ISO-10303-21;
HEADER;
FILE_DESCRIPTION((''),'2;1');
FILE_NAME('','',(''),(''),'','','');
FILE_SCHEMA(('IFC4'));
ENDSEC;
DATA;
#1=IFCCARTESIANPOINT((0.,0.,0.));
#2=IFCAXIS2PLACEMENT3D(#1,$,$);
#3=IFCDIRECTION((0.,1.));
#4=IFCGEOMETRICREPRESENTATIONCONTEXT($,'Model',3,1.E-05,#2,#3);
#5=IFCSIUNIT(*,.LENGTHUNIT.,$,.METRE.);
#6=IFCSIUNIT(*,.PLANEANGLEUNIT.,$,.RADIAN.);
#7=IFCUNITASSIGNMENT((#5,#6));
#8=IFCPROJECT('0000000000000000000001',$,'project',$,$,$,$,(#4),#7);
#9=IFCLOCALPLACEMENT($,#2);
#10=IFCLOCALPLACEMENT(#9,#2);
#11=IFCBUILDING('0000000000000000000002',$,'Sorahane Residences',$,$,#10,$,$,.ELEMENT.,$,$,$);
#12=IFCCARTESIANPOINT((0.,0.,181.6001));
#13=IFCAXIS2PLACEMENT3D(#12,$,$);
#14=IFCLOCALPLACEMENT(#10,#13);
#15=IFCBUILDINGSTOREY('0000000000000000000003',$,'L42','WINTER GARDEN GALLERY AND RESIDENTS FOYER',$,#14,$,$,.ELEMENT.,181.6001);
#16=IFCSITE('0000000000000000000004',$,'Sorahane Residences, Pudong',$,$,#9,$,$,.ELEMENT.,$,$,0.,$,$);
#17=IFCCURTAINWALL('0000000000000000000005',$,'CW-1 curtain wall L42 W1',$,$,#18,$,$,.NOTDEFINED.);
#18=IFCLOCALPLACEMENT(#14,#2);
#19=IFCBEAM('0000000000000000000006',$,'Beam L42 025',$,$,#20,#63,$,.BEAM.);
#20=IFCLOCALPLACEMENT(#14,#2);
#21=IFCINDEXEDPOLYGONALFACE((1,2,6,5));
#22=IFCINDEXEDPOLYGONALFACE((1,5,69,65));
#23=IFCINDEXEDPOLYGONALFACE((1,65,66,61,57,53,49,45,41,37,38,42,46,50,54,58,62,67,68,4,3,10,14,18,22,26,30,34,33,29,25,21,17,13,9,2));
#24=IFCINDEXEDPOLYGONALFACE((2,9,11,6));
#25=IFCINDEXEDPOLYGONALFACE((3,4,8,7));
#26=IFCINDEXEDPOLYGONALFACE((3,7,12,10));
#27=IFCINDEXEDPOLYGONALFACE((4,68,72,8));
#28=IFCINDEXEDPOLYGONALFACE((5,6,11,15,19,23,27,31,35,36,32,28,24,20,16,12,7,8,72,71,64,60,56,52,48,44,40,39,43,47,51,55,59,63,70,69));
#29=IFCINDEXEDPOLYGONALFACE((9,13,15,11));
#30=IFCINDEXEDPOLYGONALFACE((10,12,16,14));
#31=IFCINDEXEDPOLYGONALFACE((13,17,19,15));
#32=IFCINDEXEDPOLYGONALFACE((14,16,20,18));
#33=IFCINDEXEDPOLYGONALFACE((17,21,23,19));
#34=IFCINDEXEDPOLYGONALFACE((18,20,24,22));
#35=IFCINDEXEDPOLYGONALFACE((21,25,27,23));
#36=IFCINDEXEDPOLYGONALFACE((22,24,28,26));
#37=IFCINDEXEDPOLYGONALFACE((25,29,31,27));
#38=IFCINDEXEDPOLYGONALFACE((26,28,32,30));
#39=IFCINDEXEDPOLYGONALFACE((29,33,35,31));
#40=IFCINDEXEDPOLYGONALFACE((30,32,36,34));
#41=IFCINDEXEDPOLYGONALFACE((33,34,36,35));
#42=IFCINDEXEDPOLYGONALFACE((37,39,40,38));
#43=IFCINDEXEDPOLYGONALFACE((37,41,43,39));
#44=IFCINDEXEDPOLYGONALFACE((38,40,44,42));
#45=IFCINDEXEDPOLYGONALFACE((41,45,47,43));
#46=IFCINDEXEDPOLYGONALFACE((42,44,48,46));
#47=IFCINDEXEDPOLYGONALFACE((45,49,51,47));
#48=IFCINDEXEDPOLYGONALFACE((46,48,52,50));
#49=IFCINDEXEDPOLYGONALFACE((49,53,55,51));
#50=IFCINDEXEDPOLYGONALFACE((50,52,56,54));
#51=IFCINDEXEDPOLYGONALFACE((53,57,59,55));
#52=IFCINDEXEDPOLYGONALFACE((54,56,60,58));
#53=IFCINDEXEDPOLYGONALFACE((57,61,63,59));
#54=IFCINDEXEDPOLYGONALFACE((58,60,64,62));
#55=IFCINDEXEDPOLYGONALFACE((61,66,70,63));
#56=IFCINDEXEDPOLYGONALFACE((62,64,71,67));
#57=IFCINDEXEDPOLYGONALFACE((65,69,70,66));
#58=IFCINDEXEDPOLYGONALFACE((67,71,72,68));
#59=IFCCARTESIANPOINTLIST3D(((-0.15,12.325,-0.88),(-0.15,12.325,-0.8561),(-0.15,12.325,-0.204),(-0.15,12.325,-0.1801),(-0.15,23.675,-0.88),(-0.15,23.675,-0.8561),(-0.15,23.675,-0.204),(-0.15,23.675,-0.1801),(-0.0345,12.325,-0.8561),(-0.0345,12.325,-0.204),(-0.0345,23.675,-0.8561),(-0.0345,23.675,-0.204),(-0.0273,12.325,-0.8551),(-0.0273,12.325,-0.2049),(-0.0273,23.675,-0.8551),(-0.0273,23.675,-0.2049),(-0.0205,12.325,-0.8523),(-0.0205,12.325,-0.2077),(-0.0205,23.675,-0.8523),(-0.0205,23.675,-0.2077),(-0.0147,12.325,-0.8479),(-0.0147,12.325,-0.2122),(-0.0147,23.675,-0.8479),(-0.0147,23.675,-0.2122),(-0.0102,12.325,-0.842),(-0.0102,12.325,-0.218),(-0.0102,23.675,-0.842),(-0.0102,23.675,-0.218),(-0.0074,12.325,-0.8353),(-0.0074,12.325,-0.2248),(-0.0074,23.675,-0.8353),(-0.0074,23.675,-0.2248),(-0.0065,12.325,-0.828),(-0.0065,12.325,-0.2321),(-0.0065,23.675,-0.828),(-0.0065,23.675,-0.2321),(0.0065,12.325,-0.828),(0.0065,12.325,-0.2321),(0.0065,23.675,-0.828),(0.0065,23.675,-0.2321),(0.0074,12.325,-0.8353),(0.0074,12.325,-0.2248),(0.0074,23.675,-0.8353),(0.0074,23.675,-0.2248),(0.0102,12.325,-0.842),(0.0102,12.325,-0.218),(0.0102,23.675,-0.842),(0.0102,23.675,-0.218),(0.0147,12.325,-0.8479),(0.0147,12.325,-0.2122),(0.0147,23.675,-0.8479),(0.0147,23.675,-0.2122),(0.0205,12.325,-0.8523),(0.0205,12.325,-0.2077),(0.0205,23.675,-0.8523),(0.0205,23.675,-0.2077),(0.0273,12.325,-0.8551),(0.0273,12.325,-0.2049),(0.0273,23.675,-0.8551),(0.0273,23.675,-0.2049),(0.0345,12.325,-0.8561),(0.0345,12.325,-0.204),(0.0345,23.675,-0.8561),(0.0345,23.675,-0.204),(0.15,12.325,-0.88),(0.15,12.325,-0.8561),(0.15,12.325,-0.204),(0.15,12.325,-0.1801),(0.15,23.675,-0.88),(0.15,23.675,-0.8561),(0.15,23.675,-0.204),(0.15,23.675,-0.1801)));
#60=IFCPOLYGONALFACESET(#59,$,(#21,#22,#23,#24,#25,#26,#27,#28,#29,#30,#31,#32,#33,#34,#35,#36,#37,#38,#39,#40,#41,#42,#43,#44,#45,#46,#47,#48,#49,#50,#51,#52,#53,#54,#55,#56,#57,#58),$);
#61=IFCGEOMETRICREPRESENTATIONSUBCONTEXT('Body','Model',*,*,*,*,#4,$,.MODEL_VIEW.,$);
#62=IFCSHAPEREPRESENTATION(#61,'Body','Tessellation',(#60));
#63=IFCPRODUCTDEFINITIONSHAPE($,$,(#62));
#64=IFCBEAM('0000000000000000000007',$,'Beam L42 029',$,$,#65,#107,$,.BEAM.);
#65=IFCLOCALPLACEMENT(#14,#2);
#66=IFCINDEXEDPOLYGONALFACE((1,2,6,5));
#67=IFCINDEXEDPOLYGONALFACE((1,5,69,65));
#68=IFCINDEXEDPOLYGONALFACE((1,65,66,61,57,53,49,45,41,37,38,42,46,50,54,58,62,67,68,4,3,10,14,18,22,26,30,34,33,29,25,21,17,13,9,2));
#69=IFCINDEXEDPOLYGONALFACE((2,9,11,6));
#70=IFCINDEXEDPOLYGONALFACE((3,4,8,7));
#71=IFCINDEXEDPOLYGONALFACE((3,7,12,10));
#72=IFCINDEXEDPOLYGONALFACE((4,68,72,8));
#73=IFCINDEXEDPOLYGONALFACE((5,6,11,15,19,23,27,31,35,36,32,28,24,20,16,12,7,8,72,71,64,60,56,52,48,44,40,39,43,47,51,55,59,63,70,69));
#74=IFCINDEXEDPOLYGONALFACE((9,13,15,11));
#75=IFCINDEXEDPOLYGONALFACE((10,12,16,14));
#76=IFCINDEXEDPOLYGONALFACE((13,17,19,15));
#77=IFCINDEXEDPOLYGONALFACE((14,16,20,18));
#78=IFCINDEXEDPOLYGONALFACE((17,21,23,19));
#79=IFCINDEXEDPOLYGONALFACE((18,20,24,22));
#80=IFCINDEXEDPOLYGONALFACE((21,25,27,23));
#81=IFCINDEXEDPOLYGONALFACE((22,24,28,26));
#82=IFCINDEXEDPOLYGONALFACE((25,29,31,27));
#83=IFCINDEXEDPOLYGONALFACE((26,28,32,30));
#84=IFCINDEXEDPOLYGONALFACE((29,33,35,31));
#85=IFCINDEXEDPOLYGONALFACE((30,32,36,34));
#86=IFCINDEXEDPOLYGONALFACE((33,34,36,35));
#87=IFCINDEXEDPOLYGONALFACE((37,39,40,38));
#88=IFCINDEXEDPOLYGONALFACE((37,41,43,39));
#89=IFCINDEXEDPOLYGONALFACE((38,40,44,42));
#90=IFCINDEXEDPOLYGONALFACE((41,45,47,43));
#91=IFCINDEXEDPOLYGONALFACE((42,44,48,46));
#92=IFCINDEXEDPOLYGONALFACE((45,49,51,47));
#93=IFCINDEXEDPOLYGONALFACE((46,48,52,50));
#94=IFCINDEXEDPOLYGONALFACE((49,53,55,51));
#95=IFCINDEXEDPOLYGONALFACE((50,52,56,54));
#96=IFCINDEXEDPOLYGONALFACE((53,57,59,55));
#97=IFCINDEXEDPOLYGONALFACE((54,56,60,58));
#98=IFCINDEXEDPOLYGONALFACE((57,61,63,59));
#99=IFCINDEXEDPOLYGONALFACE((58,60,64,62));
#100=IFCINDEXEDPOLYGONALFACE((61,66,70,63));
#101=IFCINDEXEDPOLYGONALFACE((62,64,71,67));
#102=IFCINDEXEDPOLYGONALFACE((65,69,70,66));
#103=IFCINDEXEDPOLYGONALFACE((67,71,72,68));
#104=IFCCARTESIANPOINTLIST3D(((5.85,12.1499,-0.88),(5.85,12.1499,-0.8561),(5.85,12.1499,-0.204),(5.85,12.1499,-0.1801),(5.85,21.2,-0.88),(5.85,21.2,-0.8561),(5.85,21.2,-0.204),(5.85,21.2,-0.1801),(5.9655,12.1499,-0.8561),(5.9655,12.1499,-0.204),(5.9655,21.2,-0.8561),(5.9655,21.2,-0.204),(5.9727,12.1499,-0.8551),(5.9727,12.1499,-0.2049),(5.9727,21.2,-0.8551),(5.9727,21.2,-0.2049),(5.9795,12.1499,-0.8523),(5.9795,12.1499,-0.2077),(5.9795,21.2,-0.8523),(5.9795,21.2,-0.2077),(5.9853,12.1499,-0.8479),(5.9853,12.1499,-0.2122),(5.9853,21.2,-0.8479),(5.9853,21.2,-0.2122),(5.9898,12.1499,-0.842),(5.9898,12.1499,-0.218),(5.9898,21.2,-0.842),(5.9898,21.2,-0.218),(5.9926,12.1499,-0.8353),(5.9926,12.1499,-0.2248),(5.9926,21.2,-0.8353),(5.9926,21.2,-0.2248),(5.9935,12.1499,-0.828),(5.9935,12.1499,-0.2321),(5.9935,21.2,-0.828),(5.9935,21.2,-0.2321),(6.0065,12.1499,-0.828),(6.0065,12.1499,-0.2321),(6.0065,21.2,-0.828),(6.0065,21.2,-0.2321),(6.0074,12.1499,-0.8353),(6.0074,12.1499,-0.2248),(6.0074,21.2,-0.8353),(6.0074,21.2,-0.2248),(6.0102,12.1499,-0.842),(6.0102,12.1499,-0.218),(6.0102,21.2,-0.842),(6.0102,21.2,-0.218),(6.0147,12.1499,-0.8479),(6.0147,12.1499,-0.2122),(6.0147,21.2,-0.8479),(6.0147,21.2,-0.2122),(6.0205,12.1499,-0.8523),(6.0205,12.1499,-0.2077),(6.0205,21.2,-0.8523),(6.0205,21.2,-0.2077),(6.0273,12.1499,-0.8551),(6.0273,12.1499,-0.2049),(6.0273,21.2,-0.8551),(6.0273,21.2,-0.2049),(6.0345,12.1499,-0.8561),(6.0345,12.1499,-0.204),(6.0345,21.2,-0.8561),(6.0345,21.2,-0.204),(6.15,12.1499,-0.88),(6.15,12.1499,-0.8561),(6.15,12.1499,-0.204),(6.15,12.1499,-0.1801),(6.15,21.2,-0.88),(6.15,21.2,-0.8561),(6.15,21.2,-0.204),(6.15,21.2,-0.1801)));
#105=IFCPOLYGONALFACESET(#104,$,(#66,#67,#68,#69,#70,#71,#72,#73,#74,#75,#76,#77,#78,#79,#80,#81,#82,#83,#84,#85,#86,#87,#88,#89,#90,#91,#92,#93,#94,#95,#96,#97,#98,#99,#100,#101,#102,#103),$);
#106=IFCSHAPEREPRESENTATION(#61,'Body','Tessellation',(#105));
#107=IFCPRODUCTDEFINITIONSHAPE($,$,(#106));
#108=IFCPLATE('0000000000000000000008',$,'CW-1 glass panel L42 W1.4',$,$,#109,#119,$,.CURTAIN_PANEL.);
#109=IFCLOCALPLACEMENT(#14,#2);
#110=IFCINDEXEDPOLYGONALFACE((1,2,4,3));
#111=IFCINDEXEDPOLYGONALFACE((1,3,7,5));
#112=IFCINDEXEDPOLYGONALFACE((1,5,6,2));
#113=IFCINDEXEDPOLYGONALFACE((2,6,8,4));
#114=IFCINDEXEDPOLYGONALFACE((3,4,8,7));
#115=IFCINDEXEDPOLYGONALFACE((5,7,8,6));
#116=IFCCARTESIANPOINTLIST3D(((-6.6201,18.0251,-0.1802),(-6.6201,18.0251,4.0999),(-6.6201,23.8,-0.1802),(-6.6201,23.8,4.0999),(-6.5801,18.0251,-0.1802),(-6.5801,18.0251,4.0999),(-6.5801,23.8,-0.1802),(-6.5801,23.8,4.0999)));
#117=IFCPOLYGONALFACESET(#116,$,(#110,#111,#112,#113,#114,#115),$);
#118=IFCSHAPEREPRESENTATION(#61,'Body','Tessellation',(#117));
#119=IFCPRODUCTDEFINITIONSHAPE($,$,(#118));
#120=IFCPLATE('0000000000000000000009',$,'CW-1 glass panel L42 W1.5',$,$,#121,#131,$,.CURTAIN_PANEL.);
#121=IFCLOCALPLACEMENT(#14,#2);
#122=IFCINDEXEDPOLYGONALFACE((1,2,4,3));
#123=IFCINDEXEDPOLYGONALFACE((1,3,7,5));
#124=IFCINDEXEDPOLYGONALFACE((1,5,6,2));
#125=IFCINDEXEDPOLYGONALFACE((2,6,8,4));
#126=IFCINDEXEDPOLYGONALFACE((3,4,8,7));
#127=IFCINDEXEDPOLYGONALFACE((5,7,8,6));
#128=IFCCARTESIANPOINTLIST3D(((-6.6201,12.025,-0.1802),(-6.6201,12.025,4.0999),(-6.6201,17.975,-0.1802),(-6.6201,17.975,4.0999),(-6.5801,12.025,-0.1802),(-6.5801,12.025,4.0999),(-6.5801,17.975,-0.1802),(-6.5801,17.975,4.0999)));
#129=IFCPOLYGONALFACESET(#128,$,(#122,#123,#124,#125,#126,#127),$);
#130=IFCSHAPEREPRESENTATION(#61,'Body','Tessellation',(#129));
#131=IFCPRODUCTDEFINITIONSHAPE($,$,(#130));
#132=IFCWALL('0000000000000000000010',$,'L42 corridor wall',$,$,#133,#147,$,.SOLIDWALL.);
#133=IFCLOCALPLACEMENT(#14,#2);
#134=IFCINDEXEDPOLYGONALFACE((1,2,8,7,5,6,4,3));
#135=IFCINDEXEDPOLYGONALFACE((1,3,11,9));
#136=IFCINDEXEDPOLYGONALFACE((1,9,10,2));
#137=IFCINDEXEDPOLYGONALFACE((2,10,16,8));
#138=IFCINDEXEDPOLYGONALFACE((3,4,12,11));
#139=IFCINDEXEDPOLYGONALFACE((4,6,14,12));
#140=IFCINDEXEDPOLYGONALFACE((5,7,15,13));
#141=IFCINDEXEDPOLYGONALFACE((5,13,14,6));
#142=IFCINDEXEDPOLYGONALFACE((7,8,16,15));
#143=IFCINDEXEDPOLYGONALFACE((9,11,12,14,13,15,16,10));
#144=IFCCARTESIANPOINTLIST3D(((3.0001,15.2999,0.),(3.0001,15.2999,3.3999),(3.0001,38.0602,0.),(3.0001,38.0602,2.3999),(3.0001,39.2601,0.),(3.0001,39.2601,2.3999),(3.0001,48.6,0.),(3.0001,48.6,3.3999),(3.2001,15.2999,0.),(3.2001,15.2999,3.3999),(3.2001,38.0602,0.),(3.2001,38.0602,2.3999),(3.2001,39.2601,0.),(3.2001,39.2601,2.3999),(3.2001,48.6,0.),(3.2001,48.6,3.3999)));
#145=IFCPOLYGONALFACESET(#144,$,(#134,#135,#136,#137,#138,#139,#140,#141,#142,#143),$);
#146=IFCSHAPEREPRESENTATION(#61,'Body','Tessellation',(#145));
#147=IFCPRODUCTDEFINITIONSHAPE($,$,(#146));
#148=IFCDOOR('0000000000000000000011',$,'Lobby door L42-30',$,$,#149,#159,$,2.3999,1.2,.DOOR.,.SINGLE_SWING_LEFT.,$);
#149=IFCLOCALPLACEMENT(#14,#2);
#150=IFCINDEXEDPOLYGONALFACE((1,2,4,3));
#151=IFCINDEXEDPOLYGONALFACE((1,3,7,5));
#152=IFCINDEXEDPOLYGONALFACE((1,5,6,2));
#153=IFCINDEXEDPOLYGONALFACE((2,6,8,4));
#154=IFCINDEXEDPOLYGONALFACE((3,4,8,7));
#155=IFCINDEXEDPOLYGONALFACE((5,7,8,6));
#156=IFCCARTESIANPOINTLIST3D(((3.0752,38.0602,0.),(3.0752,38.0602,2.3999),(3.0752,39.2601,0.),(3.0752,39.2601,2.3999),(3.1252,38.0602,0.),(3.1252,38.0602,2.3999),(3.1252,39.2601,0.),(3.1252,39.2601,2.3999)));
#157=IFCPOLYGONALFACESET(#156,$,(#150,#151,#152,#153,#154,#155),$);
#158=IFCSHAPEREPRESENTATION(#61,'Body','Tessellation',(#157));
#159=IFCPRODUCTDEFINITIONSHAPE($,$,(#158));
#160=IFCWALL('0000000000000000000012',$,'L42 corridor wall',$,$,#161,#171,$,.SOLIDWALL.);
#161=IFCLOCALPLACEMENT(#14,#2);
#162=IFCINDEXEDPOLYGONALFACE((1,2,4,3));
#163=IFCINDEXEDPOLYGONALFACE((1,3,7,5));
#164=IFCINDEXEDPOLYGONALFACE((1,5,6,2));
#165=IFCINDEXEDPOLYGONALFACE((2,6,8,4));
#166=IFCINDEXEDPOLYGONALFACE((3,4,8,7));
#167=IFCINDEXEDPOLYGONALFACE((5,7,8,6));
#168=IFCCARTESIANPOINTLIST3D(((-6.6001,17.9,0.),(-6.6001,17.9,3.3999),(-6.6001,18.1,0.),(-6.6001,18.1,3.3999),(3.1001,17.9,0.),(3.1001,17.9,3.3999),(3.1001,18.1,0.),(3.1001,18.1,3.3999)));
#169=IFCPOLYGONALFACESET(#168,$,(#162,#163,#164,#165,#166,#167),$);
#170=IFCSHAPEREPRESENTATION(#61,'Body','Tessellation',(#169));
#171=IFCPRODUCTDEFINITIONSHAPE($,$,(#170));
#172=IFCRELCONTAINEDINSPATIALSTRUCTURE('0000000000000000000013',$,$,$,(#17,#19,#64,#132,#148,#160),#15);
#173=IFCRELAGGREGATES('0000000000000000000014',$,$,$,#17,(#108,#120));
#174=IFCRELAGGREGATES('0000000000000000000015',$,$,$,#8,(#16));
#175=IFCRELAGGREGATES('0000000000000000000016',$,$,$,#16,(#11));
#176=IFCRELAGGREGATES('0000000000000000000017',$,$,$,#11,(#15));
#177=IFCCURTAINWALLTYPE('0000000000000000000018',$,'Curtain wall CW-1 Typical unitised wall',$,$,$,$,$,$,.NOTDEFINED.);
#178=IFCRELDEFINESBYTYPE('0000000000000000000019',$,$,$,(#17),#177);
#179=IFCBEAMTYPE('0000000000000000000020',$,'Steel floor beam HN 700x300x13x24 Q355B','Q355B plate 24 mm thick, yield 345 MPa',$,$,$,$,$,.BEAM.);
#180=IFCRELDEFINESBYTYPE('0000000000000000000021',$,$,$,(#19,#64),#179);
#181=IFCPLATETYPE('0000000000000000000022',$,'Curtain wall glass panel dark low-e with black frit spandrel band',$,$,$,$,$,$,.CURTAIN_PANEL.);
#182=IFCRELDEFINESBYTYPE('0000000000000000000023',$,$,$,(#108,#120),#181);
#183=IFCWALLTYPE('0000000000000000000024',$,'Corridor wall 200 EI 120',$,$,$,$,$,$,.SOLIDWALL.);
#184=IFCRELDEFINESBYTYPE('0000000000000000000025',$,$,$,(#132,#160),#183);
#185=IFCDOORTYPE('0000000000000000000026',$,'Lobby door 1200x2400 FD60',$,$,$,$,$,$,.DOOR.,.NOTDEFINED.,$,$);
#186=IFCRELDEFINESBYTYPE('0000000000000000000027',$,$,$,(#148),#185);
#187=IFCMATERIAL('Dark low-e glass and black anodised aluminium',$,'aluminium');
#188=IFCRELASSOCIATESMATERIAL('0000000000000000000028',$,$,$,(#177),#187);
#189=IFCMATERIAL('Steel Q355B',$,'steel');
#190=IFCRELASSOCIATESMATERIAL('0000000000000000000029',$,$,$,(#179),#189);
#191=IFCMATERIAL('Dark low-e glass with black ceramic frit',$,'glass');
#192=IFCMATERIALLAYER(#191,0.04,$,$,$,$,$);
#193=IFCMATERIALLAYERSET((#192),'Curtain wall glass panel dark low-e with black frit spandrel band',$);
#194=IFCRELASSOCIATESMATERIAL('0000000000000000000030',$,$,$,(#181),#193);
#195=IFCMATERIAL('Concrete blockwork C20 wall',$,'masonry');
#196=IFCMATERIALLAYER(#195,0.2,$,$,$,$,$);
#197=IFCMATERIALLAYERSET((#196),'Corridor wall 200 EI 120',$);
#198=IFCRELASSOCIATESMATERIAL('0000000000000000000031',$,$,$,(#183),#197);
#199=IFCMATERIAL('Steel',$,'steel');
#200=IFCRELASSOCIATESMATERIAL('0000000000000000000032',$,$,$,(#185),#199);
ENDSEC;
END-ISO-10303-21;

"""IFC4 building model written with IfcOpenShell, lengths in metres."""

from ifc_helpers import new_model, si_unit, direction, frame, frame_2d, origin, origin_2d, place, context, subcontext, project, spatial, rectangle, i_section, extrude, material, layer, layer_set, material_profile, profile_set, type_object, element, fill, aggregate, save


model = new_model("IFC4")

# Units and contexts
model_context = context("Model", 3, precision=1e-05, world=origin(), true_north=direction((0.0, 1.0)))
body_context = subcontext(model_context, "Body", "Model", "MODEL_VIEW")
ifc_project = project(units=[si_unit("LENGTHUNIT", "METRE"), si_unit("PLANEANGLEUNIT", "RADIAN")], contexts=[model_context])

# Site, building, storey
site_placement = place(None, origin())
site = spatial("IfcSite", under=ifc_project, at=site_placement, Name="Sorahane Residences, Pudong", CompositionType="ELEMENT", RefElevation=0.0)
building_placement = place(site_placement, origin())
building = spatial("IfcBuilding", under=site, at=building_placement, Name="Sorahane Residences", CompositionType="ELEMENT")
storey_placement = place(building_placement, frame((0.0, 0.0, 181.6001)))
storey = spatial("IfcBuildingStorey", under=building, at=storey_placement, Name="L42", Description="WINTER GARDEN GALLERY AND RESIDENTS FOYER", CompositionType="ELEMENT", Elevation=181.6001)

# Curtain wall
ifc_material_1 = material(Name="Dark low-e glass and black anodised aluminium", Category="aluminium")
curtain_wall_type = type_object("IfcCurtainWallType", Name="Curtain wall CW-1 Typical unitised wall", PredefinedType="NOTDEFINED", material=ifc_material_1)
curtain_wall_placement = place(storey_placement, origin())
curtain_wall = element("IfcCurtainWall", 1, at=curtain_wall_placement, inside=storey, type_object=curtain_wall_type, Name="CW-1 curtain wall L42 W1", PredefinedType="NOTDEFINED")

# Beams
ifc_material_2 = material(Name="Steel Q355B", Category="steel")
ifc_material_profile_1 = material_profile(ifc_material_2, i_section(OverallWidth=0.3, OverallDepth=0.7, WebThickness=0.0129, FlangeThickness=0.0239, FilletRadius=0.0281, at=origin_2d()), Name="HN 700x300x13x24")
ifc_profile_set_1 = profile_set([ifc_material_profile_1], Name="Steel Q355B")
beam_type_1 = type_object("IfcBeamType", Name="Steel floor beam HN 700x300x13x24 Q355B", Description="Q355B plate 24 mm thick, yield 345 MPa", PredefinedType="BEAM", material=ifc_profile_set_1)
beam_1_placement = place(storey_placement, frame((0.0, 12.325, -0.53), z_axis=(0.0, 1.0, 0.0), x_axis=(-1.0, 0.0, 0.0)))
element("IfcBeam", 2, at=beam_1_placement, inside=storey, type_object=beam_type_1, Name="Beam L42 025", PredefinedType="BEAM", context=body_context, shape_type="SweptSolid", body=[
    extrude(i_section(OverallWidth=0.3, OverallDepth=0.7, WebThickness=0.0129, FlangeThickness=0.0239, FilletRadius=0.0281, at=origin_2d()), origin(), (0.0, 0.0, 1.0), 11.3501),
])
beam_2_placement = place(storey_placement, frame((6.0, 12.1499, -0.53), z_axis=(0.0, 1.0, 0.0), x_axis=(-1.0, 0.0, 0.0)))
element("IfcBeam", 3, at=beam_2_placement, inside=storey, type_object=beam_type_1, Name="Beam L42 029", PredefinedType="BEAM", context=body_context, shape_type="SweptSolid", body=[
    extrude(i_section(OverallWidth=0.3, OverallDepth=0.7, WebThickness=0.0129, FlangeThickness=0.0239, FilletRadius=0.0281, at=origin_2d()), origin(), (0.0, 0.0, 1.0), 9.05),
])

# Plates
ifc_material_3 = material(Name="Dark low-e glass with black ceramic frit", Category="glass")
ifc_layer_1 = layer(ifc_material_3, 0.04)
ifc_layer_set_1 = layer_set([ifc_layer_1], Name="Curtain wall glass panel dark low-e with black frit spandrel band")
plate_type = type_object("IfcPlateType", Name="Curtain wall glass panel dark low-e with black frit spandrel band", PredefinedType="CURTAIN_PANEL", material=ifc_layer_set_1)
plate_1_placement = place(storey_placement, frame((-6.6001, 20.9126, -0.1802), z_axis=(0.0, 0.0, 1.0), x_axis=(0.0, -1.0, 0.0)))
plate_1 = element("IfcPlate", 4, at=plate_1_placement, type_object=plate_type, Name="CW-1 glass panel L42 W1.4", PredefinedType="CURTAIN_PANEL", context=body_context, shape_type="SweptSolid", body=[
    extrude(rectangle(XDim=5.7749, YDim=0.04, at=origin_2d()), origin(), (0.0, 0.0, 1.0), 4.28),
])
plate_2_placement = place(storey_placement, frame((-6.6001, 15.0, -0.1802), z_axis=(0.0, 0.0, 1.0), x_axis=(0.0, -1.0, 0.0)))
plate_2 = element("IfcPlate", 5, at=plate_2_placement, type_object=plate_type, Name="CW-1 glass panel L42 W1.5", PredefinedType="CURTAIN_PANEL", context=body_context, shape_type="SweptSolid", body=[
    extrude(rectangle(XDim=5.95, YDim=0.04, at=origin_2d()), origin(), (0.0, 0.0, 1.0), 4.28),
])
aggregate(curtain_wall, [plate_1, plate_2])

# Wall, opening, door
ifc_material_4 = material(Name="Concrete blockwork C20 wall", Category="masonry")
ifc_layer_2 = layer(ifc_material_4, 0.2)
ifc_layer_set_2 = layer_set([ifc_layer_2], Name="Corridor wall 200 EI 120")
wall_type_1 = type_object("IfcWallType", Name="Corridor wall 200 EI 120", PredefinedType="SOLIDWALL", material=ifc_layer_set_2)
wall_1_placement = place(storey_placement, frame((3.1001, 15.3, 0.0), z_axis=(0.0, 0.0, 1.0), x_axis=(0.0, 1.0, 0.0)))
wall_1 = element("IfcWall", 6, at=wall_1_placement, inside=storey, type_object=wall_type_1, Name="L42 corridor wall", PredefinedType="SOLIDWALL", context=body_context, shape_type="SweptSolid", body=[
    extrude(rectangle(XDim=33.3, YDim=0.2, at=frame_2d((16.6499, 0.0))), origin(), (0.0, 0.0, 1.0), 3.3999),
])
opening_1_placement = place(wall_1_placement, frame((22.76, 0.0, 0.0)))
opening_1 = element("IfcOpeningElement", 7, at=opening_1_placement, cuts=wall_1, PredefinedType="OPENING", context=body_context, shape_type="SweptSolid", body=[
    extrude(rectangle(XDim=1.2, YDim=2.3999, at=frame_2d((0.6001, 1.2))), frame((0.0, 0.1099, 0.0), z_axis=(0.0, -1.0, 0.0), x_axis=(1.0, 0.0, 0.0)), (0.0, 0.0, 1.0), 0.22),
])
ifc_material_5 = material(Name="Steel", Category="steel")
door_type_1 = type_object("IfcDoorType", Name="Lobby door 1200x2400 FD60", OperationType="NOTDEFINED", PredefinedType="DOOR", material=ifc_material_5)
door_1_placement = place(opening_1_placement, origin())
door_1 = element("IfcDoor", 8, at=door_1_placement, inside=storey, type_object=door_type_1, Name="Lobby door L42-30", OperationType="SINGLE_SWING_LEFT", OverallHeight=2.3999, OverallWidth=1.2, PredefinedType="DOOR", context=body_context, shape_type="SweptSolid", body=[
    extrude(rectangle(XDim=1.2, YDim=2.3999, at=frame_2d((0.6001, 1.2))), frame((0.0, 0.0249, 0.0), z_axis=(0.0, -1.0, 0.0), x_axis=(1.0, 0.0, 0.0)), (0.0, 0.0, 1.0), 0.05),
])
fill(opening_1, door_1)

# Wall
wall_2_placement = place(storey_placement, frame((-6.6001, 18.0, 0.0), z_axis=(0.0, 0.0, 1.0), x_axis=(1.0, 0.0, 0.0)))
element("IfcWall", 9, at=wall_2_placement, inside=storey, type_object=wall_type_1, Name="L42 corridor wall", PredefinedType="SOLIDWALL", context=body_context, shape_type="SweptSolid", body=[
    extrude(rectangle(XDim=9.7002, YDim=0.2, at=frame_2d((4.8501, 0.0))), origin(), (0.0, 0.0, 1.0), 3.3999),
])

save(model, "model.ifc")
